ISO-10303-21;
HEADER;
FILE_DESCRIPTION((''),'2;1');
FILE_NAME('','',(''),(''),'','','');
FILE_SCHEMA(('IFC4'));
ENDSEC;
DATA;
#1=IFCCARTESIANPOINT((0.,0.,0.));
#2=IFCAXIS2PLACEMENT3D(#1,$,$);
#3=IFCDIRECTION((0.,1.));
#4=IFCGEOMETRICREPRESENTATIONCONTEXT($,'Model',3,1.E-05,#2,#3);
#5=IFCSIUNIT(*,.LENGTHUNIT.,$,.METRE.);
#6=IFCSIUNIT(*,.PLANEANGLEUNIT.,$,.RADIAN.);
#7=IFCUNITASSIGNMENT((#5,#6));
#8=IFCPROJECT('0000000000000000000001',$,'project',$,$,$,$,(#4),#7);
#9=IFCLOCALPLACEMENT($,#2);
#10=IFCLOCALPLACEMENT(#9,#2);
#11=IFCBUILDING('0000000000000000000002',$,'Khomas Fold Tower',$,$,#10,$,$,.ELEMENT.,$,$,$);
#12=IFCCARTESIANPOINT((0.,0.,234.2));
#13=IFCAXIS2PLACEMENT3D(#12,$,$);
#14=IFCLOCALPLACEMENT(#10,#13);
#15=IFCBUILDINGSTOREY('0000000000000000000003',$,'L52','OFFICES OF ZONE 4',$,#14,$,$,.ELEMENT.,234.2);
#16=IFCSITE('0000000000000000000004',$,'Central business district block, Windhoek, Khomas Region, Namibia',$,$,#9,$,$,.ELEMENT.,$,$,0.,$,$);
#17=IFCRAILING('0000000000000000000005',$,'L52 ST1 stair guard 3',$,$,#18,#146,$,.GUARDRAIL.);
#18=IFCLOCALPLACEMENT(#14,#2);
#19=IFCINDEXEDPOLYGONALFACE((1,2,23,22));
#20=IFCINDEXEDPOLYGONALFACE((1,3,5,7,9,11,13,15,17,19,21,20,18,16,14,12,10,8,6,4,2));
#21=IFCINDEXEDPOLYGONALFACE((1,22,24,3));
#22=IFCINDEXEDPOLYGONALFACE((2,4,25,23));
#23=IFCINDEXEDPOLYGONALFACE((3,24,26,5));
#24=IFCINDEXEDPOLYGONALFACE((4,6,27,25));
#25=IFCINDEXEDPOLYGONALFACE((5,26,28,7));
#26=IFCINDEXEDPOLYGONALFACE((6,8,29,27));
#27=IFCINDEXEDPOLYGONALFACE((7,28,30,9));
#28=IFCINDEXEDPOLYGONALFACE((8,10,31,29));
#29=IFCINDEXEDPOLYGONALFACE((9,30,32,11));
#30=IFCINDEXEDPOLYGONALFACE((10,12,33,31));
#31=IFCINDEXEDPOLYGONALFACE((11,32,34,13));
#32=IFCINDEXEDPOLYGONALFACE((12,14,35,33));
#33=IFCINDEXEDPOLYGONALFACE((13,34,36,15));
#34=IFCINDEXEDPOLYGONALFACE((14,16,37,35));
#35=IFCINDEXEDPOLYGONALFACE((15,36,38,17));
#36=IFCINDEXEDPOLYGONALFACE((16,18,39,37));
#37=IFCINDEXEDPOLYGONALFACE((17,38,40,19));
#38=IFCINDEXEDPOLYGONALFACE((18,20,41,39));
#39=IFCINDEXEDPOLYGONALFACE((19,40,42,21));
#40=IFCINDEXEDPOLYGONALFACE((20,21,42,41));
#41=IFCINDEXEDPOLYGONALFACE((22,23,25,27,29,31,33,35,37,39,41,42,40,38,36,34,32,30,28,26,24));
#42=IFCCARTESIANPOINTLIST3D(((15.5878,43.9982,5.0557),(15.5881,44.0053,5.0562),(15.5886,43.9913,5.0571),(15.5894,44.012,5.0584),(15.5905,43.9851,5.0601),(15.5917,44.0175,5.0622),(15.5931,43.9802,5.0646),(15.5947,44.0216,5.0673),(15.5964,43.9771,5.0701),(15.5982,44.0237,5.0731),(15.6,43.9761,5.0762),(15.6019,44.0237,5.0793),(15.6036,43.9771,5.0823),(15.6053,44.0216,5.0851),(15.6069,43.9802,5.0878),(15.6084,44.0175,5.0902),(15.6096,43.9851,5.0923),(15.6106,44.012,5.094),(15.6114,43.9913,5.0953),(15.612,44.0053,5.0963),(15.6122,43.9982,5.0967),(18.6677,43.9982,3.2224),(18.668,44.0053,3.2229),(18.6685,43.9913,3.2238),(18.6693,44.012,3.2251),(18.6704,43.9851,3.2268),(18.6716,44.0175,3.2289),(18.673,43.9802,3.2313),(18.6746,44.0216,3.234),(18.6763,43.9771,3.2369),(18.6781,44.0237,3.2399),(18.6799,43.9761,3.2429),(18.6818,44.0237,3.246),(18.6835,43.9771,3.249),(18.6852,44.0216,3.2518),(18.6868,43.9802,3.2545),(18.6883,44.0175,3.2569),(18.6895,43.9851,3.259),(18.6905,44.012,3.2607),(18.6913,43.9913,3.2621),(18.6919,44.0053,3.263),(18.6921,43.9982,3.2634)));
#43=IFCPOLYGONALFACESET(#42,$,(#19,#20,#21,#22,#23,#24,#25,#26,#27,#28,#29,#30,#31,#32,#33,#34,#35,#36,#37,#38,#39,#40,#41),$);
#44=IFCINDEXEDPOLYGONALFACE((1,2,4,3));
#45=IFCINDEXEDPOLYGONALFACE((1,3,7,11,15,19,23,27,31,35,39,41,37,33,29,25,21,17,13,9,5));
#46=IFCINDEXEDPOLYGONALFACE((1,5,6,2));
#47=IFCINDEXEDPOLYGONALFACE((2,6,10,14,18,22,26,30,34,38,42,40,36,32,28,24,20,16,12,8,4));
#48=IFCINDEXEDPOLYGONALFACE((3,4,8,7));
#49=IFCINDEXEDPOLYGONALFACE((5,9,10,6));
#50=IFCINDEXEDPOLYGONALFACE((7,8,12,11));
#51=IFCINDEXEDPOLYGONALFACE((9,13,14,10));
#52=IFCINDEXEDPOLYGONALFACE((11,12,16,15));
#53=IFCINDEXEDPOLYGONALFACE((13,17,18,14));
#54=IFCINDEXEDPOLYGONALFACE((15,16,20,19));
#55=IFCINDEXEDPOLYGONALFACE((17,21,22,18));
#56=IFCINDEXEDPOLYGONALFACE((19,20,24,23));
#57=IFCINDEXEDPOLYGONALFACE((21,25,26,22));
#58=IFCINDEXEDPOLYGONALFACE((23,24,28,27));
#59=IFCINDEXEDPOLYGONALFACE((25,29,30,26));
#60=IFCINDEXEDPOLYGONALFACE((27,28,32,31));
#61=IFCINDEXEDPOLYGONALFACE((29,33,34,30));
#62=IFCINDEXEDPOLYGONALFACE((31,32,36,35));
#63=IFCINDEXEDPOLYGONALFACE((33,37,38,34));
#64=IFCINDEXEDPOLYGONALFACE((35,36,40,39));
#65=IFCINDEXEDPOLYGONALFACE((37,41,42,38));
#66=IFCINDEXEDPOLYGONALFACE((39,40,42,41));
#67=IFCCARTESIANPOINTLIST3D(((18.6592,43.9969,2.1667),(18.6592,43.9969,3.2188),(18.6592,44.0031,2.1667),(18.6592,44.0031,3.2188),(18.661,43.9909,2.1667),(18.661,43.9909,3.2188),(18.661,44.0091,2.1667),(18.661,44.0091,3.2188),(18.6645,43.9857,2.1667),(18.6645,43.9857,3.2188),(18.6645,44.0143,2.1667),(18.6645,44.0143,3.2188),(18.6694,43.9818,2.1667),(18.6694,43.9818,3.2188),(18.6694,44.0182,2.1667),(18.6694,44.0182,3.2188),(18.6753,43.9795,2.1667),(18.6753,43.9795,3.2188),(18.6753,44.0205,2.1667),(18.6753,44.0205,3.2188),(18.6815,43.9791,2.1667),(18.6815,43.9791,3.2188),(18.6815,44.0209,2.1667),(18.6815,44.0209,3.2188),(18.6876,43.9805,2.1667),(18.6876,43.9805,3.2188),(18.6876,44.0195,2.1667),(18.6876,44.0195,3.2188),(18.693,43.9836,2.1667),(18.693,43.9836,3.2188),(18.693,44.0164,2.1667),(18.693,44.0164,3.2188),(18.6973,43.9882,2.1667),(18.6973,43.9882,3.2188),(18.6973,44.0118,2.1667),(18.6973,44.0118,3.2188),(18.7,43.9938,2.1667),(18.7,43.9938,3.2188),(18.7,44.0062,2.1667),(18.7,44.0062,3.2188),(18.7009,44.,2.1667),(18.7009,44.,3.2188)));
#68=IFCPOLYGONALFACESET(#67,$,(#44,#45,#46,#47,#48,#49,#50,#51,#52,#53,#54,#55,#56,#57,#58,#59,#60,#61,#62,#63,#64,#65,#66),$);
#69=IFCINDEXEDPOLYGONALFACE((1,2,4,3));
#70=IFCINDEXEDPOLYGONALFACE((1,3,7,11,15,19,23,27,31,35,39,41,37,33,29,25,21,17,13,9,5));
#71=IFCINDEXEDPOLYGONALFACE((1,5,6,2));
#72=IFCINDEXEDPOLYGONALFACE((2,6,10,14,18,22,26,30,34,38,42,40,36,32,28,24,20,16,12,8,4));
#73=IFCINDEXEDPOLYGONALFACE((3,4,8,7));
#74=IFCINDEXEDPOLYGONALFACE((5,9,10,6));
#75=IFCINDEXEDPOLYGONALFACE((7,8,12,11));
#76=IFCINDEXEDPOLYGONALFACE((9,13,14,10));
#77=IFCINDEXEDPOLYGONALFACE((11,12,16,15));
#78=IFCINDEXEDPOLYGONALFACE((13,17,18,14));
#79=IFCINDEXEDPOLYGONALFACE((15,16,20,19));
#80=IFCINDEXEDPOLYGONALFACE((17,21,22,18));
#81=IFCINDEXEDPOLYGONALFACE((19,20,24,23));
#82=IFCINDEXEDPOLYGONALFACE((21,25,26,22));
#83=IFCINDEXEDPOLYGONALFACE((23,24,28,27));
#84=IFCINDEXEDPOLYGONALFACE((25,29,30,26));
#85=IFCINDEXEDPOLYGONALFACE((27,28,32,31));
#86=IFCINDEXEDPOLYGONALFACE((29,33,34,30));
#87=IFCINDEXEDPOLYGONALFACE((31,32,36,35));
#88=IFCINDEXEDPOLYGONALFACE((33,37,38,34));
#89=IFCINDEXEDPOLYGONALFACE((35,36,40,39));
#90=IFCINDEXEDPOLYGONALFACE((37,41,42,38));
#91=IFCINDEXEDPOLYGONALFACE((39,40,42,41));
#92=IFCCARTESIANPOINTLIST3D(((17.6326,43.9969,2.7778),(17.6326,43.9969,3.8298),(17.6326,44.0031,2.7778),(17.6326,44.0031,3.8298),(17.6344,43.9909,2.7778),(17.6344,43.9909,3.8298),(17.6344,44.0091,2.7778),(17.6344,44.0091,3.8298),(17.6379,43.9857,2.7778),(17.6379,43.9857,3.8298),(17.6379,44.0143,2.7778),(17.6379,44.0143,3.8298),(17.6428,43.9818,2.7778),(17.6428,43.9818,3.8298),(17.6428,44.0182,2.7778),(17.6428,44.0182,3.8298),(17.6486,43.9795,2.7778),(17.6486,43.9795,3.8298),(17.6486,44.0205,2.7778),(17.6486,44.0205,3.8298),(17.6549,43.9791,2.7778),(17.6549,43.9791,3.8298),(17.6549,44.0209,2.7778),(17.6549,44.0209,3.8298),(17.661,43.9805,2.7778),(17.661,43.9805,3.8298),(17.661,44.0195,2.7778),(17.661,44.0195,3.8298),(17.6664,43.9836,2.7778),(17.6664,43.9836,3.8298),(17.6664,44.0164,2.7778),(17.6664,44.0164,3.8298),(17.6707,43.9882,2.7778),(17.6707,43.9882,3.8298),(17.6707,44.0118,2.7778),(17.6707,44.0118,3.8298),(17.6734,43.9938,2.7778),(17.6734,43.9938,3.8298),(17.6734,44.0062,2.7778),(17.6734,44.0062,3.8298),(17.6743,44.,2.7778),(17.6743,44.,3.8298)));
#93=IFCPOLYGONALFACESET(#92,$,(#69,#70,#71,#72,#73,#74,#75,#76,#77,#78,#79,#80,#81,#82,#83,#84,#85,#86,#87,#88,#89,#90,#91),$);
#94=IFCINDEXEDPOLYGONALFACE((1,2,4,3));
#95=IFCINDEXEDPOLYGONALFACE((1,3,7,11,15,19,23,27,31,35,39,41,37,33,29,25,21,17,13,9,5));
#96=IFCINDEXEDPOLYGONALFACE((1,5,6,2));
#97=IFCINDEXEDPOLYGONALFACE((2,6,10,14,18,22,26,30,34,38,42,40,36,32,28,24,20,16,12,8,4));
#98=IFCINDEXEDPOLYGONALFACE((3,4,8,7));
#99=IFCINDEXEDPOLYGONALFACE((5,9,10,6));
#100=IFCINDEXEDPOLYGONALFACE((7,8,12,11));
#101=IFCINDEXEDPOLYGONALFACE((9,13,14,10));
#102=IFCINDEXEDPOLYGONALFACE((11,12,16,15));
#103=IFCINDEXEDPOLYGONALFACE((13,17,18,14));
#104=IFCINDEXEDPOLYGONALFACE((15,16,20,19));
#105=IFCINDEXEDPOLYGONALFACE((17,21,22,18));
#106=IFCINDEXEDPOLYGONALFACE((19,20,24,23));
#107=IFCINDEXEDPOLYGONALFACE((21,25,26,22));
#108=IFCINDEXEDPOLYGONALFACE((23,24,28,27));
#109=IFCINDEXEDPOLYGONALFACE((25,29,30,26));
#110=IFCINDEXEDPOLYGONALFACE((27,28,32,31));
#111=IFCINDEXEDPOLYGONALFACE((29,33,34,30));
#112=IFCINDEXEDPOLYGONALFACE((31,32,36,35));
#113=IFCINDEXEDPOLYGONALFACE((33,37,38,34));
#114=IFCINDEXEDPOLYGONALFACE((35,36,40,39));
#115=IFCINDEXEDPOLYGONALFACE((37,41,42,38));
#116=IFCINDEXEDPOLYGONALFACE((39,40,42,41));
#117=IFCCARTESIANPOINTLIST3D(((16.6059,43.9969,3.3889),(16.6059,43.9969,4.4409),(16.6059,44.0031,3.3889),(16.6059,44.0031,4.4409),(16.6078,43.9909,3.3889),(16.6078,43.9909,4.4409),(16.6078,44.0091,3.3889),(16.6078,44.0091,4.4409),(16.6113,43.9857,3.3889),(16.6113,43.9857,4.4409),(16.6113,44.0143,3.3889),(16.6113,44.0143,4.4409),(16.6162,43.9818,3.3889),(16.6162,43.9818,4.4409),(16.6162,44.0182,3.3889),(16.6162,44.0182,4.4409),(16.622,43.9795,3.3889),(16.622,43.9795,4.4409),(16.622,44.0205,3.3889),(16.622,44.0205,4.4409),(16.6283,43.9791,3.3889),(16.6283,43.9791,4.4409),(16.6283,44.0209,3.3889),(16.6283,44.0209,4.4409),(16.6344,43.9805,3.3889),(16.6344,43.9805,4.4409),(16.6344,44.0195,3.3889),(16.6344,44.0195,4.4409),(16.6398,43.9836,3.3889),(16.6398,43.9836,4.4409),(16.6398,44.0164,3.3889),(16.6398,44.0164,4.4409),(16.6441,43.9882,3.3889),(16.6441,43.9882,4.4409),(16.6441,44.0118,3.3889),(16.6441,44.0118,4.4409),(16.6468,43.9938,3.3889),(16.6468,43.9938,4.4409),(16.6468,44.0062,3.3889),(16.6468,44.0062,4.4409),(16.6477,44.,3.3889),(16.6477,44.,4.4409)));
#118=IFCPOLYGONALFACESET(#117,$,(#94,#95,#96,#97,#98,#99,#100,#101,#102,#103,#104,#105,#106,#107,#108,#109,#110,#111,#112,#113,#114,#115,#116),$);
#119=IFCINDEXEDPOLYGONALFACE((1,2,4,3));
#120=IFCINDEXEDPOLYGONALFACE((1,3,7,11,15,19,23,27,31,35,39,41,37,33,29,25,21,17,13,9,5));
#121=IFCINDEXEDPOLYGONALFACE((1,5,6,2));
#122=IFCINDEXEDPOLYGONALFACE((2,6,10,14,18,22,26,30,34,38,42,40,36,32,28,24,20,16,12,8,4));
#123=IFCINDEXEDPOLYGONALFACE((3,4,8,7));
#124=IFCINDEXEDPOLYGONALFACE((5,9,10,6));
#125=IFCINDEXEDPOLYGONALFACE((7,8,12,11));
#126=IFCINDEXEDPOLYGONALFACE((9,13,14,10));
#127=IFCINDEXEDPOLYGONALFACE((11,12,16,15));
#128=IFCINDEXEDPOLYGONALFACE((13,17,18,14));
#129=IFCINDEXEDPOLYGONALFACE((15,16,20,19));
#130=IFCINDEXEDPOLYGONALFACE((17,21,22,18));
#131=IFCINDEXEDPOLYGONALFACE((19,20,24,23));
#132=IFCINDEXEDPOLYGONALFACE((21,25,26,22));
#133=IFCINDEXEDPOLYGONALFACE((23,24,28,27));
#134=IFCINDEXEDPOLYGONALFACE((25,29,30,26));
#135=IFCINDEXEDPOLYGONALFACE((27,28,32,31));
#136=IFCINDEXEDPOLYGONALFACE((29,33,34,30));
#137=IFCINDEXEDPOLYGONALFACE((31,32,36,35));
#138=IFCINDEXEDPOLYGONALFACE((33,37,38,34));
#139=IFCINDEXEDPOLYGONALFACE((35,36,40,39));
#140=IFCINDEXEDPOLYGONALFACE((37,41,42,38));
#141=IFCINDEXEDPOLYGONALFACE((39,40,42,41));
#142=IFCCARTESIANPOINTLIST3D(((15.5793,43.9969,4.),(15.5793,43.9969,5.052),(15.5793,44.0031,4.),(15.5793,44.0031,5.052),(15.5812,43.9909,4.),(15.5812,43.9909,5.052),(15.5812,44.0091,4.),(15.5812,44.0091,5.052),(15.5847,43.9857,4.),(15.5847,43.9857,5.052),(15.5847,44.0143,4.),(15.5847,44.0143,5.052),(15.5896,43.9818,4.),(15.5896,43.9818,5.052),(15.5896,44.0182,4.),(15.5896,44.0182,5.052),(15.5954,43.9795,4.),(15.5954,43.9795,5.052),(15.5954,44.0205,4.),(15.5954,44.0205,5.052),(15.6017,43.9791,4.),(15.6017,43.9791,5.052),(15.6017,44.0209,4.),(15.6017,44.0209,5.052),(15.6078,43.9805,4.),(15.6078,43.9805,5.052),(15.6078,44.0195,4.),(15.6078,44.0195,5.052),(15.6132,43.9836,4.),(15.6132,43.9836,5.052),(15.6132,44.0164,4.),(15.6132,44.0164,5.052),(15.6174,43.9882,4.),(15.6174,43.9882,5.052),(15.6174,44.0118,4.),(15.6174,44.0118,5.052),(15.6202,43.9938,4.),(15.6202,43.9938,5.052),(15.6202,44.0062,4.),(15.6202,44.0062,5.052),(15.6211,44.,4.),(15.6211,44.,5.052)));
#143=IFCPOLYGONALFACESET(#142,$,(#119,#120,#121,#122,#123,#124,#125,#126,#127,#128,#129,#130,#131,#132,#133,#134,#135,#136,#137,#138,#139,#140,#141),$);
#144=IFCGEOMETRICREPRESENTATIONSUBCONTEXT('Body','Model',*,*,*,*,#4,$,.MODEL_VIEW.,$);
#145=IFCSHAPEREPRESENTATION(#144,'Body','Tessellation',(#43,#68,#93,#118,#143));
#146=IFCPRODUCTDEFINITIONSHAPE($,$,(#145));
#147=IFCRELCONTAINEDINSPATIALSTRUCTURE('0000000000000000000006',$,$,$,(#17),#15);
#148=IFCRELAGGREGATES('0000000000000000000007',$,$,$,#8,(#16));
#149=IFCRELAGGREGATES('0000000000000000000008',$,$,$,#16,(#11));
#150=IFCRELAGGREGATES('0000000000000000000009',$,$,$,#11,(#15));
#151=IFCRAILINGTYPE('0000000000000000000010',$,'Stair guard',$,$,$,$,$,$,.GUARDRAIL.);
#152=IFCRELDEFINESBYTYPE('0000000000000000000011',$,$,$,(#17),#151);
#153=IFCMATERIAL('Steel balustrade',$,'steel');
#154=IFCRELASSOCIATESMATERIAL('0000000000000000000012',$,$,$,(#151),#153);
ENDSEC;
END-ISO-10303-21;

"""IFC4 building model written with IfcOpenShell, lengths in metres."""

from ifc_helpers import new_model, si_unit, direction, frame, origin, origin_2d, place, context, subcontext, project, spatial, circle, extrude, source, transform, mapped, material, type_object, element, save


model = new_model("IFC4")

# Units and contexts
model_context = context("Model", 3, precision=1e-05, world=origin(), true_north=direction((0.0, 1.0)))
body_context = subcontext(model_context, "Body", "Model", "MODEL_VIEW")
ifc_project = project(units=[si_unit("LENGTHUNIT", "METRE"), si_unit("PLANEANGLEUNIT", "RADIAN")], contexts=[model_context])

# Site, building, storey
site_placement = place(None, origin())
site = spatial("IfcSite", under=ifc_project, at=site_placement, Name="Central business district block, Windhoek, Khomas Region, Namibia", CompositionType="ELEMENT", RefElevation=0.0)
building_placement = place(site_placement, origin())
building = spatial("IfcBuilding", under=site, at=building_placement, Name="Khomas Fold Tower", CompositionType="ELEMENT")
storey_placement = place(building_placement, frame((0.0, 0.0, 234.2)))
storey = spatial("IfcBuildingStorey", under=building, at=storey_placement, Name="L52", Description="OFFICES OF ZONE 4", CompositionType="ELEMENT", Elevation=234.2)

# Railing
ifc_material_1 = material(Name="Steel balustrade", Category="steel")
railing_type_1 = type_object("IfcRailingType", Name="Stair guard", PredefinedType="GUARDRAIL", material=ifc_material_1)
shared_shape_1 = source(origin(), body_context, "Body", "SweptSolid", [
    extrude(circle(Radius=0.0239, at=origin_2d()), frame((0.0, 0.0, 1.0762), z_axis=(-0.859291, 0.0, 0.511487), x_axis=(0.0, -1.0, 0.0)), (0.0, 0.0, 1.0), 3.5842),
    extrude(circle(Radius=0.021, at=origin_2d()), origin(), (0.0, 0.0, 1.0), 1.052),
    extrude(circle(Radius=0.021, at=origin_2d()), frame((-1.0266, 0.0, 0.6111)), (0.0, 0.0, 1.0), 1.052),
    extrude(circle(Radius=0.021, at=origin_2d()), frame((-2.0532, 0.0, 1.2222)), (0.0, 0.0, 1.0), 1.052),
    extrude(circle(Radius=0.021, at=origin_2d()), frame((-3.0798, 0.0, 1.8333)), (0.0, 0.0, 1.0), 1.052),
])
railing_1_placement = place(storey_placement, frame((18.6799, 44.0, 2.1667)))
element("IfcRailing", 1, at=railing_1_placement, inside=storey, type_object=railing_type_1, Name="L52 ST1 stair guard 3", PredefinedType="GUARDRAIL", context=body_context, shape_type="MappedRepresentation", body=[
    mapped(shared_shape_1, transform((0.0, 0.0, 0.0))),
])

save(model, "model.ifc")
